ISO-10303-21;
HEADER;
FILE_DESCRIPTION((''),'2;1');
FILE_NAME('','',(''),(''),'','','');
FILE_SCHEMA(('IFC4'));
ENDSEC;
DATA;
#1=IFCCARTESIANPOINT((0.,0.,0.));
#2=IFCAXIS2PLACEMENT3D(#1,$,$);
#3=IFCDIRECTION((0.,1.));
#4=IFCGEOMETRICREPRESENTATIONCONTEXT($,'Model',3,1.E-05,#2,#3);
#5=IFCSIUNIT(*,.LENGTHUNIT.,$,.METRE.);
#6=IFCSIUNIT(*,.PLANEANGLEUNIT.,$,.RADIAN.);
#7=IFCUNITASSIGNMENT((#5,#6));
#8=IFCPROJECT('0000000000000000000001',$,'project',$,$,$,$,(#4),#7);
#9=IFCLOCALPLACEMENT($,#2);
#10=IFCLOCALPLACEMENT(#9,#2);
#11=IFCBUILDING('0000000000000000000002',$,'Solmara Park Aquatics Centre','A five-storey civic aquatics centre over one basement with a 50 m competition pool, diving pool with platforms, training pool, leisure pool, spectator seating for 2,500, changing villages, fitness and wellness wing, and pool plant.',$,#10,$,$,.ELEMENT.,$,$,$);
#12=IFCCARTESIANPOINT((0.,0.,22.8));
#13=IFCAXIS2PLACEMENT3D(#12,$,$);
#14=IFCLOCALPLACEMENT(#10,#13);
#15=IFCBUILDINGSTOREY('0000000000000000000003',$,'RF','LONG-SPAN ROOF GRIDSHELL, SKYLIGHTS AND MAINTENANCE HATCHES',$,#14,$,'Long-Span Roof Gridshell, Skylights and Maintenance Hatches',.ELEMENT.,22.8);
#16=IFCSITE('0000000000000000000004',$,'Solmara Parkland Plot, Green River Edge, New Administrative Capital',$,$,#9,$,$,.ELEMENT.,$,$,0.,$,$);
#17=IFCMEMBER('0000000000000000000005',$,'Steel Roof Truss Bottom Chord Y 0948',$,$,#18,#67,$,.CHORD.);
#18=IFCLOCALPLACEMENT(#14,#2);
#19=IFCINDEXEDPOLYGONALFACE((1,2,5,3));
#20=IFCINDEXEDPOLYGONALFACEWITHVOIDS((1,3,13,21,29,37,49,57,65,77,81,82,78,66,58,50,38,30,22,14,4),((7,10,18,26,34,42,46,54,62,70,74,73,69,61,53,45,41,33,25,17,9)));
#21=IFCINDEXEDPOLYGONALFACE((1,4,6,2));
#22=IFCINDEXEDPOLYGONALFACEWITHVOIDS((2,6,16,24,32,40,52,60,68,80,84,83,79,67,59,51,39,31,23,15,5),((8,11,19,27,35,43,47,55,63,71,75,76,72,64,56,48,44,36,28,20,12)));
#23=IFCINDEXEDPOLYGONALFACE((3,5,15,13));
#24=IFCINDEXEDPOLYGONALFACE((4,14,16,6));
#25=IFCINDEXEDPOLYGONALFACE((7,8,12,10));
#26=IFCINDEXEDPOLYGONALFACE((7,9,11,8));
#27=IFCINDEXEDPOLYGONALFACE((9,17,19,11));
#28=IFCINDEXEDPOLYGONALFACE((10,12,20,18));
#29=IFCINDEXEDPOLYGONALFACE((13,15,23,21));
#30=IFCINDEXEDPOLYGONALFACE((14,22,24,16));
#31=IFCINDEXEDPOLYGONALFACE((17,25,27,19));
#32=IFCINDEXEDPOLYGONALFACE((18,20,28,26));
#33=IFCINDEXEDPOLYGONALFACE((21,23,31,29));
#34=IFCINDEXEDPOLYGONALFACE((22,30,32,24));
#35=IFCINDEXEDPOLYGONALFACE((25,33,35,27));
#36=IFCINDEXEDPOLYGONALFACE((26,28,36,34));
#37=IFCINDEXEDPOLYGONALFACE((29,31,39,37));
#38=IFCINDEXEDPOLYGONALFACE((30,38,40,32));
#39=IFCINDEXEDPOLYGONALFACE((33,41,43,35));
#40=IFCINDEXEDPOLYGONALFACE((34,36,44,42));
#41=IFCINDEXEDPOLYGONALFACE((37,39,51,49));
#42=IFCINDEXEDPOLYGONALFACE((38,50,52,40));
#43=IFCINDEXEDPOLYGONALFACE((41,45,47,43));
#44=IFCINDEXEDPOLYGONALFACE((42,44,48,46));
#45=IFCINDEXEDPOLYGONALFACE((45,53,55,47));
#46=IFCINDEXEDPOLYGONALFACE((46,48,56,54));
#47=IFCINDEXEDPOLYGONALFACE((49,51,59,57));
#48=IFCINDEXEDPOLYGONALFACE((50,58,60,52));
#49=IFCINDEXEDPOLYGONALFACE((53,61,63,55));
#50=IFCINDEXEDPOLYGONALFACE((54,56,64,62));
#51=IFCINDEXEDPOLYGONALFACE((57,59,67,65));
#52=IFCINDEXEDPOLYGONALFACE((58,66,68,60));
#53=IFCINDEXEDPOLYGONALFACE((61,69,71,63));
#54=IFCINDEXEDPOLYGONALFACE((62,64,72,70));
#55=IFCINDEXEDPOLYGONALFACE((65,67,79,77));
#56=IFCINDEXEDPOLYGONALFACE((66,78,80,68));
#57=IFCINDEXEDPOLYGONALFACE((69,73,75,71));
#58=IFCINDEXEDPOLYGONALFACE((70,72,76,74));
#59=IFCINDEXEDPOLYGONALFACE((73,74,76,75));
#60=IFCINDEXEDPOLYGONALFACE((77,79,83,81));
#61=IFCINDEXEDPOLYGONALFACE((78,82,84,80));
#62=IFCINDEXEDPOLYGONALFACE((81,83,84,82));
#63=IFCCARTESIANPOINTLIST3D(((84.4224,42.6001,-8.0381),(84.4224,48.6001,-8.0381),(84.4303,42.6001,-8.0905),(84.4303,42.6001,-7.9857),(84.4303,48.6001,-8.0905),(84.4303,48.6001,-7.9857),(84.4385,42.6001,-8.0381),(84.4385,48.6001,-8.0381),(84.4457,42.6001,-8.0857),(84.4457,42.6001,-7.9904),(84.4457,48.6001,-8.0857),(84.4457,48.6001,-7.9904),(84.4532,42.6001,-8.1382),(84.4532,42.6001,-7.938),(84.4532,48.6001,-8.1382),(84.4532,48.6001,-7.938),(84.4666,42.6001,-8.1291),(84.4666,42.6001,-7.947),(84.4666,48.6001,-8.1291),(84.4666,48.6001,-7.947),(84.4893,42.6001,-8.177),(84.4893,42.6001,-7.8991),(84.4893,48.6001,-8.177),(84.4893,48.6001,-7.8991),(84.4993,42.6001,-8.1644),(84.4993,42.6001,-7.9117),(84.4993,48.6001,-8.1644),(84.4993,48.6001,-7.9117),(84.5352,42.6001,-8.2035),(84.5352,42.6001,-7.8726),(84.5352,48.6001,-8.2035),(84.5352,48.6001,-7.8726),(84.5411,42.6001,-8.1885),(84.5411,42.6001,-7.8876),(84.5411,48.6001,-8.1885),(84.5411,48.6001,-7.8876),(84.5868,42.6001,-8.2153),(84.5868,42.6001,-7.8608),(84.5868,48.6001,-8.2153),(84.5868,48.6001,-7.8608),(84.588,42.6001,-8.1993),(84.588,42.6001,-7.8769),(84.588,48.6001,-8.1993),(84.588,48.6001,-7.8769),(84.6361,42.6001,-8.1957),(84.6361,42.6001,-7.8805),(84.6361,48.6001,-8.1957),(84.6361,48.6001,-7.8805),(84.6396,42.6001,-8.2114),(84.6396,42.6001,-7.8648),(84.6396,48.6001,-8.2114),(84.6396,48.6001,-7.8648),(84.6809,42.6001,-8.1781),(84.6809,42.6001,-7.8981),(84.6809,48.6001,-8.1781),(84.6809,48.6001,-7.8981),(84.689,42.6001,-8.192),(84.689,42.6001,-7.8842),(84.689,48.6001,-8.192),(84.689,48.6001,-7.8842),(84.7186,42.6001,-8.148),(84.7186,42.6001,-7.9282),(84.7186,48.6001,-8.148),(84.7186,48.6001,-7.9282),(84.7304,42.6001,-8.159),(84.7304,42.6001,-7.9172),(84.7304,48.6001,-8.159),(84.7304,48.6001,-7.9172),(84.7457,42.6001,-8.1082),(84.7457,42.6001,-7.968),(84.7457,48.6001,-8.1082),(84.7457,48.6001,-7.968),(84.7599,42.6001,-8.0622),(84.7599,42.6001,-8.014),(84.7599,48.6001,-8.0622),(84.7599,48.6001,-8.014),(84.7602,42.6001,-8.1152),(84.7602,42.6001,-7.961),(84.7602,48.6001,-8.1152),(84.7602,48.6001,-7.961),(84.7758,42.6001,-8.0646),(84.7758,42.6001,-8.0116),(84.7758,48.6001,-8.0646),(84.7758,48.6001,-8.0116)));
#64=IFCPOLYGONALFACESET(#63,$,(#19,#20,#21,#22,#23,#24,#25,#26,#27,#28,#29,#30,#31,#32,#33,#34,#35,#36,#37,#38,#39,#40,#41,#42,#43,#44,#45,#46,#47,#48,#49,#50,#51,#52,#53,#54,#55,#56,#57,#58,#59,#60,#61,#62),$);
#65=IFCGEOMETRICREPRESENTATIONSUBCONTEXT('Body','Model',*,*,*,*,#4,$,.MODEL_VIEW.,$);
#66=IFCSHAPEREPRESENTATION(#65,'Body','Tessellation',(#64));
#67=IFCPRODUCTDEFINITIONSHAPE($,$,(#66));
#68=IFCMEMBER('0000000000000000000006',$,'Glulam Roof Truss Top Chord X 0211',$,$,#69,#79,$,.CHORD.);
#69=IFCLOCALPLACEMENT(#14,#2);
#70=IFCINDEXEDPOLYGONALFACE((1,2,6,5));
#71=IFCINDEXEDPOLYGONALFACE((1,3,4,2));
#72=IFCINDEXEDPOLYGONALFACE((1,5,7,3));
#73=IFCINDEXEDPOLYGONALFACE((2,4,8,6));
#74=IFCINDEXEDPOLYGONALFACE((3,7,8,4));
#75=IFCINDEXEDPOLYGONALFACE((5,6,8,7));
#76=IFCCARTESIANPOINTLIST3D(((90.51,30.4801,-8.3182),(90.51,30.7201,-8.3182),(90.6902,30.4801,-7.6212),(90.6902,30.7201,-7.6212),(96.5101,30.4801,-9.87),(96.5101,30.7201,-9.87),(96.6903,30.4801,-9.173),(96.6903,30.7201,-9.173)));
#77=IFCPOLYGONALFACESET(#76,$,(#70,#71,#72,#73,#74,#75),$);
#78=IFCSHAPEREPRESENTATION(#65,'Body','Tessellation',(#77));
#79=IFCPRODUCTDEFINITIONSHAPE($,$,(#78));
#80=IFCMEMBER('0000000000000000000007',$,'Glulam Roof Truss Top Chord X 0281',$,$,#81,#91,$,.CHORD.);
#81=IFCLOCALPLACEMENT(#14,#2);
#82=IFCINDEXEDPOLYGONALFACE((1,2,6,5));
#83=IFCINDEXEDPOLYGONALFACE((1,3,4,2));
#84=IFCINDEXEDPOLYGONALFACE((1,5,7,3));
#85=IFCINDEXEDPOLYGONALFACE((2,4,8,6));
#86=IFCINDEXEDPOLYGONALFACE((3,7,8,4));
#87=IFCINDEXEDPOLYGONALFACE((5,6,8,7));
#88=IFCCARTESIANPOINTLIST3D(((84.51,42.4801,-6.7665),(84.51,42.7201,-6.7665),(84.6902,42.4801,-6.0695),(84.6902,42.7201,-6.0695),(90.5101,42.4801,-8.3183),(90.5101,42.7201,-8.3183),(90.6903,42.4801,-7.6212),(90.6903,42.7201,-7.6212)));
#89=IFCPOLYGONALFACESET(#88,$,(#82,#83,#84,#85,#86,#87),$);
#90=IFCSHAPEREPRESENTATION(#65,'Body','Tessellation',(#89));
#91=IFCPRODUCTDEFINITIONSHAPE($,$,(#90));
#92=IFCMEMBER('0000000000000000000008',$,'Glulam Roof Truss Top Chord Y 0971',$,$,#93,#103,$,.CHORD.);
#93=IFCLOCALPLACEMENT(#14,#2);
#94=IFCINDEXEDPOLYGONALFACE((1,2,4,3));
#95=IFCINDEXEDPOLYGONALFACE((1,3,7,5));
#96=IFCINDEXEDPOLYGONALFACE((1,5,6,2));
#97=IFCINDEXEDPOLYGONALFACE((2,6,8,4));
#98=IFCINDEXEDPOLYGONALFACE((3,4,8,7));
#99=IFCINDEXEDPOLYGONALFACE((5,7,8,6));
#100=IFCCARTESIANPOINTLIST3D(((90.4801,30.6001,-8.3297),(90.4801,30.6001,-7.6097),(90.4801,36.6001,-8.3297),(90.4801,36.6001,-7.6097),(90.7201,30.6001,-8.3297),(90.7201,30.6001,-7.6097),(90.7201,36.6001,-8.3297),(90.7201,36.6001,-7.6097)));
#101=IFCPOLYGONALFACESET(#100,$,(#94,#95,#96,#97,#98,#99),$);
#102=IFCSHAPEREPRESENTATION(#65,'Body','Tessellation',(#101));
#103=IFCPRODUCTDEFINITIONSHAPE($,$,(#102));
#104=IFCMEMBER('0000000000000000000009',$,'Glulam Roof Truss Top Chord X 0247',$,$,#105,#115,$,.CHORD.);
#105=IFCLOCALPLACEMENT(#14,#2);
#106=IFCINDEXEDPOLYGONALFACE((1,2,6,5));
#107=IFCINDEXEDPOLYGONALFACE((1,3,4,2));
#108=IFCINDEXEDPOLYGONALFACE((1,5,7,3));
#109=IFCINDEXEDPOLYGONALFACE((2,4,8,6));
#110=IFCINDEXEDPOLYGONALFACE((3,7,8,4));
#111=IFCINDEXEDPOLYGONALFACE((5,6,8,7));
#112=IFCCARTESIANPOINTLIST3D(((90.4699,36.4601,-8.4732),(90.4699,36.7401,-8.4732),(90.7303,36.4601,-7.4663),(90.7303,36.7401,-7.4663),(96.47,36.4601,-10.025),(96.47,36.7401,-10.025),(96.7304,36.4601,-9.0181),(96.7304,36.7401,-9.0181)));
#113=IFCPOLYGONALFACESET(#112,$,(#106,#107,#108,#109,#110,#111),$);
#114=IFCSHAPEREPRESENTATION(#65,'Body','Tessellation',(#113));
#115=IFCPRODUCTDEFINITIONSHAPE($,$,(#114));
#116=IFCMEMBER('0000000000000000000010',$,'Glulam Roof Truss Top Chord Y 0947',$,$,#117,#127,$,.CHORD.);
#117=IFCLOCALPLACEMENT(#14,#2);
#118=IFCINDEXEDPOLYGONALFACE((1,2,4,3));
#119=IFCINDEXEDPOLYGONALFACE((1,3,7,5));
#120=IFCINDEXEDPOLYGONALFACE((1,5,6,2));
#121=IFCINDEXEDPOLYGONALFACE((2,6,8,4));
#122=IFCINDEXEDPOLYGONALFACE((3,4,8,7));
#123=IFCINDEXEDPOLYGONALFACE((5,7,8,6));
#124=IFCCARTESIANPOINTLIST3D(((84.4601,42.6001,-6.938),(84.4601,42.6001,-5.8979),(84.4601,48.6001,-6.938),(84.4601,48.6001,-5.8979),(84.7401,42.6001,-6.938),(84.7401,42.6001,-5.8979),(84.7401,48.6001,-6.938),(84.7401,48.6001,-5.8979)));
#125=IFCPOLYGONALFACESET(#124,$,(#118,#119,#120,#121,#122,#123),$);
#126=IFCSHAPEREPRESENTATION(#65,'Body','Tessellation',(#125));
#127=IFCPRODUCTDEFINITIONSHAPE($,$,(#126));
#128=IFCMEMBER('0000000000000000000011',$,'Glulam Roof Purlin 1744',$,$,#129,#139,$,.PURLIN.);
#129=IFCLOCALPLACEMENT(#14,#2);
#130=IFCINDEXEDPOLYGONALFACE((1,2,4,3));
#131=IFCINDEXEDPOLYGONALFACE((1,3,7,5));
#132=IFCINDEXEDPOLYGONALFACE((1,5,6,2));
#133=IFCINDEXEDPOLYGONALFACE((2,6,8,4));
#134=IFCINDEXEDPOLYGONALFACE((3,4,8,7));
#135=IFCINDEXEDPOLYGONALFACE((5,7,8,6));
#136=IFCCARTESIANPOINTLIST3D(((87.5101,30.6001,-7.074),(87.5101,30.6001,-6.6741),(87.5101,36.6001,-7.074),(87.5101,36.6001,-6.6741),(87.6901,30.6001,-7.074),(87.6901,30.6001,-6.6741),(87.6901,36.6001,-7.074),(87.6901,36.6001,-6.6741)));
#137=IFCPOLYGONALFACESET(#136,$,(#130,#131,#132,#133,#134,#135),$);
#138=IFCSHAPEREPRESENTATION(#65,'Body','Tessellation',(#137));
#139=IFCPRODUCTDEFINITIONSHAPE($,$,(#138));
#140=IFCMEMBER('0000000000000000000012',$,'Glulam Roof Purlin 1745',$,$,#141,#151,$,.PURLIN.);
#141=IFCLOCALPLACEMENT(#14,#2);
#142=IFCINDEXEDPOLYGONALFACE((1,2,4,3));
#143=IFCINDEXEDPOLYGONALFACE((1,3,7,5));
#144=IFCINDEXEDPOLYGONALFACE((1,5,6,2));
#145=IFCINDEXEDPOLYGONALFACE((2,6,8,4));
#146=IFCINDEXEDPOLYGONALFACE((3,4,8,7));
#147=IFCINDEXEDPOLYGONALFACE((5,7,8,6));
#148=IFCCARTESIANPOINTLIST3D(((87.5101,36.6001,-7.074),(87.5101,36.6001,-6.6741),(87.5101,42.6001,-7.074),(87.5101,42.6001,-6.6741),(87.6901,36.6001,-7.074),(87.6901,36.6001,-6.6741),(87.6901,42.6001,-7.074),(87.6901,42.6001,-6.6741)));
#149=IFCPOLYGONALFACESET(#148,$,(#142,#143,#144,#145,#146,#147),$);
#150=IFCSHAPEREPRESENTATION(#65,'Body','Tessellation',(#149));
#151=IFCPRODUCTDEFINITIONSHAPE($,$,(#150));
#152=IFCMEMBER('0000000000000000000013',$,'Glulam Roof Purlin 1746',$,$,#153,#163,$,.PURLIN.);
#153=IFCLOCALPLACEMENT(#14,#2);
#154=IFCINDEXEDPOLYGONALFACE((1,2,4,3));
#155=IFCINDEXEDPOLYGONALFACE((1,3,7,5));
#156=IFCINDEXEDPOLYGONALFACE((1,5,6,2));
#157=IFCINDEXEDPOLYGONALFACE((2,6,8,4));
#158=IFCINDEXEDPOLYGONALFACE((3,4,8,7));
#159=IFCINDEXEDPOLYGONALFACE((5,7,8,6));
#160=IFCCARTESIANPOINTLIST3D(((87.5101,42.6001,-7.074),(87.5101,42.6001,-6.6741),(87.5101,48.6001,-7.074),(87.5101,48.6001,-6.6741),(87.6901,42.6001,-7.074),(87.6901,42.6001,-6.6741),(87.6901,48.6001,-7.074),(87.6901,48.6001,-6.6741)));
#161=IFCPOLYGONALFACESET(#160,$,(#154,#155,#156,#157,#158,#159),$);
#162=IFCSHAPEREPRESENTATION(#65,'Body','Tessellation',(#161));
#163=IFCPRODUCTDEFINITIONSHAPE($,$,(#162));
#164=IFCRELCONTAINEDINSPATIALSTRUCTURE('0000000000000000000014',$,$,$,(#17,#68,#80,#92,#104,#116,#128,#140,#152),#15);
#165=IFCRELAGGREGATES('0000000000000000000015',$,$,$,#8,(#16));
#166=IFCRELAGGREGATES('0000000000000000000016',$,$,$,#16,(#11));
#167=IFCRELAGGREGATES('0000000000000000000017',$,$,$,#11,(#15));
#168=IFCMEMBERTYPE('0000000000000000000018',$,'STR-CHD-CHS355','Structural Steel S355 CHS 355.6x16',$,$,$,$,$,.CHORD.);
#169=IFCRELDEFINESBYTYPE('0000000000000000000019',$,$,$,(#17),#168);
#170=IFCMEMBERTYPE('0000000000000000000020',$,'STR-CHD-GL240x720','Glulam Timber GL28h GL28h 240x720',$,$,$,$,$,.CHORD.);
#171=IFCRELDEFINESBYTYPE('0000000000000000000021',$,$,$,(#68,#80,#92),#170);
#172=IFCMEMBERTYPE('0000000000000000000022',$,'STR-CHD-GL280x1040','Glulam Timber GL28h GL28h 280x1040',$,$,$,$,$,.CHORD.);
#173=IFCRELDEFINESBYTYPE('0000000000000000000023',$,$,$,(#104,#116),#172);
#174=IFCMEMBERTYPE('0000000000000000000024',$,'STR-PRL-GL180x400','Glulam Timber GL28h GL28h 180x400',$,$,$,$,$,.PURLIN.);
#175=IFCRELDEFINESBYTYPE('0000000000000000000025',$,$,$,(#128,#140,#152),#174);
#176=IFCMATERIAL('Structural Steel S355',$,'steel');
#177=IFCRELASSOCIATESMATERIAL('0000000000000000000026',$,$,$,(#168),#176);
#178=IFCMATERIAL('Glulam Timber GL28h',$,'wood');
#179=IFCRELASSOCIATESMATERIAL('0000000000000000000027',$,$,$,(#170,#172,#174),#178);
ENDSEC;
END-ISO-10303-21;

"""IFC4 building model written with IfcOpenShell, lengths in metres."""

from ifc_helpers import new_model, si_unit, direction, frame, origin, origin_2d, place, context, subcontext, project, spatial, rectangle, hollow_circle, extrude, material, material_profile, profile_set, type_object, element, save


model = new_model("IFC4")

# Units and contexts
model_context = context("Model", 3, precision=1e-05, world=origin(), true_north=direction((0.0, 1.0)))
body_context = subcontext(model_context, "Body", "Model", "MODEL_VIEW")
ifc_project = project(units=[si_unit("LENGTHUNIT", "METRE"), si_unit("PLANEANGLEUNIT", "RADIAN")], contexts=[model_context])

# Site, building, storey
site_placement = place(None, origin())
site = spatial("IfcSite", under=ifc_project, at=site_placement, Name="Solmara Parkland Plot, Green River Edge, New Administrative Capital", CompositionType="ELEMENT", RefElevation=0.0)
building_placement = place(site_placement, origin())
building = spatial("IfcBuilding", under=site, at=building_placement, Name="Solmara Park Aquatics Centre", Description="A five-storey civic aquatics centre over one basement with a 50 m competition pool, diving pool with platforms, training pool, leisure pool, spectator seating for 2,500, changing villages, fitness and wellness wing, and pool plant.", CompositionType="ELEMENT")
storey_placement = place(building_placement, frame((0.0, 0.0, 22.8)))
storey = spatial("IfcBuildingStorey", under=building, at=storey_placement, Name="RF", Description="LONG-SPAN ROOF GRIDSHELL, SKYLIGHTS AND MAINTENANCE HATCHES", LongName="Long-Span Roof Gridshell, Skylights and Maintenance Hatches", CompositionType="ELEMENT", Elevation=22.8)

# Members
ifc_material_1 = material(Name="Structural Steel S355", Category="steel")
ifc_material_profile_1 = material_profile(ifc_material_1, hollow_circle(Radius=0.1777, WallThickness=0.0161, at=origin_2d()), Name="CHS 355.6x16")
ifc_profile_set_1 = profile_set([ifc_material_profile_1], Name="Structural Steel S355")
member_type_1 = type_object("IfcMemberType", Name="STR-CHD-CHS355", Description="Structural Steel S355 CHS 355.6x16", PredefinedType="CHORD", material=ifc_profile_set_1)
member_1_placement = place(storey_placement, frame((84.6001, 42.6001, -8.0381), z_axis=(0.0, 1.0, 0.0), x_axis=(-1.0, 0.0, 0.0)))
element("IfcMember", 1, at=member_1_placement, inside=storey, type_object=member_type_1, Name="Steel Roof Truss Bottom Chord Y 0948", PredefinedType="CHORD", context=body_context, shape_type="SweptSolid", body=[
    extrude(hollow_circle(Radius=0.1777, WallThickness=0.0161, at=origin_2d()), origin(), (0.0, 0.0, 1.0), 6.0),
])
ifc_material_2 = material(Name="Glulam Timber GL28h", Category="wood")
ifc_material_profile_2 = material_profile(ifc_material_2, rectangle(XDim=0.24, YDim=0.72, at=origin_2d()), Name="GL28h 240x720")
ifc_profile_set_2 = profile_set([ifc_material_profile_2], Name="Glulam Timber GL28h")
member_type_2 = type_object("IfcMemberType", Name="STR-CHD-GL240x720", Description="Glulam Timber GL28h GL28h 240x720", PredefinedType="CHORD", material=ifc_profile_set_2)
for number, where, z_axis, x_axis, name in (
    (2, (90.6001, 30.6001, -7.9697), (0.968146, 0.0, -0.250388), (0.0, 1.0, 0.0), "Glulam Roof Truss Top Chord X 0211"),
    (3, (84.6001, 42.6001, -6.418), (0.968146, 0.0, -0.250388), (0.0, 1.0, 0.0), "Glulam Roof Truss Top Chord X 0281"),
):
    element("IfcMember", number, at=place(storey_placement, frame(where, z_axis=z_axis, x_axis=x_axis)), inside=storey, type_object=member_type_2, Name=name, PredefinedType="CHORD", context=body_context, shape_type="SweptSolid", body=[
        extrude(rectangle(XDim=0.24, YDim=0.72, at=origin_2d()), origin(), (0.0, 0.0, 1.0), 6.1975),
    ])
member_2_placement = place(storey_placement, frame((90.6001, 30.6001, -7.9697), z_axis=(0.0, 1.0, 0.0), x_axis=(-1.0, 0.0, 0.0)))
element("IfcMember", 4, at=member_2_placement, inside=storey, type_object=member_type_2, Name="Glulam Roof Truss Top Chord Y 0971", PredefinedType="CHORD", context=body_context, shape_type="SweptSolid", body=[
    extrude(rectangle(XDim=0.24, YDim=0.72, at=origin_2d()), origin(), (0.0, 0.0, 1.0), 6.0),
])
ifc_material_profile_3 = material_profile(ifc_material_2, rectangle(XDim=0.28, YDim=1.04, at=origin_2d()), Name="GL28h 280x1040")
ifc_profile_set_3 = profile_set([ifc_material_profile_3], Name="Glulam Timber GL28h")
member_type_3 = type_object("IfcMemberType", Name="STR-CHD-GL280x1040", Description="Glulam Timber GL28h GL28h 280x1040", PredefinedType="CHORD", material=ifc_profile_set_3)
member_3_placement = place(storey_placement, frame((90.6001, 36.6001, -7.9697), z_axis=(0.968146, 0.0, -0.250388), x_axis=(0.0, 1.0, 0.0)))
element("IfcMember", 5, at=member_3_placement, inside=storey, type_object=member_type_3, Name="Glulam Roof Truss Top Chord X 0247", PredefinedType="CHORD", context=body_context, shape_type="SweptSolid", body=[
    extrude(rectangle(XDim=0.28, YDim=1.04, at=origin_2d()), origin(), (0.0, 0.0, 1.0), 6.1975),
])
member_4_placement = place(storey_placement, frame((84.6001, 42.6001, -6.418), z_axis=(0.0, 1.0, 0.0), x_axis=(-1.0, 0.0, 0.0)))
element("IfcMember", 6, at=member_4_placement, inside=storey, type_object=member_type_3, Name="Glulam Roof Truss Top Chord Y 0947", PredefinedType="CHORD", context=body_context, shape_type="SweptSolid", body=[
    extrude(rectangle(XDim=0.28, YDim=1.04, at=origin_2d()), origin(), (0.0, 0.0, 1.0), 6.0),
])
ifc_material_profile_4 = material_profile(ifc_material_2, rectangle(XDim=0.1799, YDim=0.3999, at=origin_2d()), Name="GL28h 180x400")
ifc_profile_set_4 = profile_set([ifc_material_profile_4], Name="Glulam Timber GL28h")
member_type_4 = type_object("IfcMemberType", Name="STR-PRL-GL180x400", Description="Glulam Timber GL28h GL28h 180x400", PredefinedType="PURLIN", material=ifc_profile_set_4)
for number, where, z_axis, x_axis, name in (
    (7, (87.6001, 30.6001, -6.874), (0.0, 1.0, 0.0), (-1.0, 0.0, 0.0), "Glulam Roof Purlin 1744"),
    (8, (87.6001, 36.6001, -6.874), (0.0, 1.0, 0.0), (-1.0, 0.0, 0.0), "Glulam Roof Purlin 1745"),
    (9, (87.6001, 42.6001, -6.874), (0.0, 1.0, 0.0), (-1.0, 0.0, 0.0), "Glulam Roof Purlin 1746"),
):
    element("IfcMember", number, at=place(storey_placement, frame(where, z_axis=z_axis, x_axis=x_axis)), inside=storey, type_object=member_type_4, Name=name, PredefinedType="PURLIN", context=body_context, shape_type="SweptSolid", body=[
        extrude(rectangle(XDim=0.1799, YDim=0.3999, at=origin_2d()), origin(), (0.0, 0.0, 1.0), 6.0),
    ])

save(model, "model.ifc")
